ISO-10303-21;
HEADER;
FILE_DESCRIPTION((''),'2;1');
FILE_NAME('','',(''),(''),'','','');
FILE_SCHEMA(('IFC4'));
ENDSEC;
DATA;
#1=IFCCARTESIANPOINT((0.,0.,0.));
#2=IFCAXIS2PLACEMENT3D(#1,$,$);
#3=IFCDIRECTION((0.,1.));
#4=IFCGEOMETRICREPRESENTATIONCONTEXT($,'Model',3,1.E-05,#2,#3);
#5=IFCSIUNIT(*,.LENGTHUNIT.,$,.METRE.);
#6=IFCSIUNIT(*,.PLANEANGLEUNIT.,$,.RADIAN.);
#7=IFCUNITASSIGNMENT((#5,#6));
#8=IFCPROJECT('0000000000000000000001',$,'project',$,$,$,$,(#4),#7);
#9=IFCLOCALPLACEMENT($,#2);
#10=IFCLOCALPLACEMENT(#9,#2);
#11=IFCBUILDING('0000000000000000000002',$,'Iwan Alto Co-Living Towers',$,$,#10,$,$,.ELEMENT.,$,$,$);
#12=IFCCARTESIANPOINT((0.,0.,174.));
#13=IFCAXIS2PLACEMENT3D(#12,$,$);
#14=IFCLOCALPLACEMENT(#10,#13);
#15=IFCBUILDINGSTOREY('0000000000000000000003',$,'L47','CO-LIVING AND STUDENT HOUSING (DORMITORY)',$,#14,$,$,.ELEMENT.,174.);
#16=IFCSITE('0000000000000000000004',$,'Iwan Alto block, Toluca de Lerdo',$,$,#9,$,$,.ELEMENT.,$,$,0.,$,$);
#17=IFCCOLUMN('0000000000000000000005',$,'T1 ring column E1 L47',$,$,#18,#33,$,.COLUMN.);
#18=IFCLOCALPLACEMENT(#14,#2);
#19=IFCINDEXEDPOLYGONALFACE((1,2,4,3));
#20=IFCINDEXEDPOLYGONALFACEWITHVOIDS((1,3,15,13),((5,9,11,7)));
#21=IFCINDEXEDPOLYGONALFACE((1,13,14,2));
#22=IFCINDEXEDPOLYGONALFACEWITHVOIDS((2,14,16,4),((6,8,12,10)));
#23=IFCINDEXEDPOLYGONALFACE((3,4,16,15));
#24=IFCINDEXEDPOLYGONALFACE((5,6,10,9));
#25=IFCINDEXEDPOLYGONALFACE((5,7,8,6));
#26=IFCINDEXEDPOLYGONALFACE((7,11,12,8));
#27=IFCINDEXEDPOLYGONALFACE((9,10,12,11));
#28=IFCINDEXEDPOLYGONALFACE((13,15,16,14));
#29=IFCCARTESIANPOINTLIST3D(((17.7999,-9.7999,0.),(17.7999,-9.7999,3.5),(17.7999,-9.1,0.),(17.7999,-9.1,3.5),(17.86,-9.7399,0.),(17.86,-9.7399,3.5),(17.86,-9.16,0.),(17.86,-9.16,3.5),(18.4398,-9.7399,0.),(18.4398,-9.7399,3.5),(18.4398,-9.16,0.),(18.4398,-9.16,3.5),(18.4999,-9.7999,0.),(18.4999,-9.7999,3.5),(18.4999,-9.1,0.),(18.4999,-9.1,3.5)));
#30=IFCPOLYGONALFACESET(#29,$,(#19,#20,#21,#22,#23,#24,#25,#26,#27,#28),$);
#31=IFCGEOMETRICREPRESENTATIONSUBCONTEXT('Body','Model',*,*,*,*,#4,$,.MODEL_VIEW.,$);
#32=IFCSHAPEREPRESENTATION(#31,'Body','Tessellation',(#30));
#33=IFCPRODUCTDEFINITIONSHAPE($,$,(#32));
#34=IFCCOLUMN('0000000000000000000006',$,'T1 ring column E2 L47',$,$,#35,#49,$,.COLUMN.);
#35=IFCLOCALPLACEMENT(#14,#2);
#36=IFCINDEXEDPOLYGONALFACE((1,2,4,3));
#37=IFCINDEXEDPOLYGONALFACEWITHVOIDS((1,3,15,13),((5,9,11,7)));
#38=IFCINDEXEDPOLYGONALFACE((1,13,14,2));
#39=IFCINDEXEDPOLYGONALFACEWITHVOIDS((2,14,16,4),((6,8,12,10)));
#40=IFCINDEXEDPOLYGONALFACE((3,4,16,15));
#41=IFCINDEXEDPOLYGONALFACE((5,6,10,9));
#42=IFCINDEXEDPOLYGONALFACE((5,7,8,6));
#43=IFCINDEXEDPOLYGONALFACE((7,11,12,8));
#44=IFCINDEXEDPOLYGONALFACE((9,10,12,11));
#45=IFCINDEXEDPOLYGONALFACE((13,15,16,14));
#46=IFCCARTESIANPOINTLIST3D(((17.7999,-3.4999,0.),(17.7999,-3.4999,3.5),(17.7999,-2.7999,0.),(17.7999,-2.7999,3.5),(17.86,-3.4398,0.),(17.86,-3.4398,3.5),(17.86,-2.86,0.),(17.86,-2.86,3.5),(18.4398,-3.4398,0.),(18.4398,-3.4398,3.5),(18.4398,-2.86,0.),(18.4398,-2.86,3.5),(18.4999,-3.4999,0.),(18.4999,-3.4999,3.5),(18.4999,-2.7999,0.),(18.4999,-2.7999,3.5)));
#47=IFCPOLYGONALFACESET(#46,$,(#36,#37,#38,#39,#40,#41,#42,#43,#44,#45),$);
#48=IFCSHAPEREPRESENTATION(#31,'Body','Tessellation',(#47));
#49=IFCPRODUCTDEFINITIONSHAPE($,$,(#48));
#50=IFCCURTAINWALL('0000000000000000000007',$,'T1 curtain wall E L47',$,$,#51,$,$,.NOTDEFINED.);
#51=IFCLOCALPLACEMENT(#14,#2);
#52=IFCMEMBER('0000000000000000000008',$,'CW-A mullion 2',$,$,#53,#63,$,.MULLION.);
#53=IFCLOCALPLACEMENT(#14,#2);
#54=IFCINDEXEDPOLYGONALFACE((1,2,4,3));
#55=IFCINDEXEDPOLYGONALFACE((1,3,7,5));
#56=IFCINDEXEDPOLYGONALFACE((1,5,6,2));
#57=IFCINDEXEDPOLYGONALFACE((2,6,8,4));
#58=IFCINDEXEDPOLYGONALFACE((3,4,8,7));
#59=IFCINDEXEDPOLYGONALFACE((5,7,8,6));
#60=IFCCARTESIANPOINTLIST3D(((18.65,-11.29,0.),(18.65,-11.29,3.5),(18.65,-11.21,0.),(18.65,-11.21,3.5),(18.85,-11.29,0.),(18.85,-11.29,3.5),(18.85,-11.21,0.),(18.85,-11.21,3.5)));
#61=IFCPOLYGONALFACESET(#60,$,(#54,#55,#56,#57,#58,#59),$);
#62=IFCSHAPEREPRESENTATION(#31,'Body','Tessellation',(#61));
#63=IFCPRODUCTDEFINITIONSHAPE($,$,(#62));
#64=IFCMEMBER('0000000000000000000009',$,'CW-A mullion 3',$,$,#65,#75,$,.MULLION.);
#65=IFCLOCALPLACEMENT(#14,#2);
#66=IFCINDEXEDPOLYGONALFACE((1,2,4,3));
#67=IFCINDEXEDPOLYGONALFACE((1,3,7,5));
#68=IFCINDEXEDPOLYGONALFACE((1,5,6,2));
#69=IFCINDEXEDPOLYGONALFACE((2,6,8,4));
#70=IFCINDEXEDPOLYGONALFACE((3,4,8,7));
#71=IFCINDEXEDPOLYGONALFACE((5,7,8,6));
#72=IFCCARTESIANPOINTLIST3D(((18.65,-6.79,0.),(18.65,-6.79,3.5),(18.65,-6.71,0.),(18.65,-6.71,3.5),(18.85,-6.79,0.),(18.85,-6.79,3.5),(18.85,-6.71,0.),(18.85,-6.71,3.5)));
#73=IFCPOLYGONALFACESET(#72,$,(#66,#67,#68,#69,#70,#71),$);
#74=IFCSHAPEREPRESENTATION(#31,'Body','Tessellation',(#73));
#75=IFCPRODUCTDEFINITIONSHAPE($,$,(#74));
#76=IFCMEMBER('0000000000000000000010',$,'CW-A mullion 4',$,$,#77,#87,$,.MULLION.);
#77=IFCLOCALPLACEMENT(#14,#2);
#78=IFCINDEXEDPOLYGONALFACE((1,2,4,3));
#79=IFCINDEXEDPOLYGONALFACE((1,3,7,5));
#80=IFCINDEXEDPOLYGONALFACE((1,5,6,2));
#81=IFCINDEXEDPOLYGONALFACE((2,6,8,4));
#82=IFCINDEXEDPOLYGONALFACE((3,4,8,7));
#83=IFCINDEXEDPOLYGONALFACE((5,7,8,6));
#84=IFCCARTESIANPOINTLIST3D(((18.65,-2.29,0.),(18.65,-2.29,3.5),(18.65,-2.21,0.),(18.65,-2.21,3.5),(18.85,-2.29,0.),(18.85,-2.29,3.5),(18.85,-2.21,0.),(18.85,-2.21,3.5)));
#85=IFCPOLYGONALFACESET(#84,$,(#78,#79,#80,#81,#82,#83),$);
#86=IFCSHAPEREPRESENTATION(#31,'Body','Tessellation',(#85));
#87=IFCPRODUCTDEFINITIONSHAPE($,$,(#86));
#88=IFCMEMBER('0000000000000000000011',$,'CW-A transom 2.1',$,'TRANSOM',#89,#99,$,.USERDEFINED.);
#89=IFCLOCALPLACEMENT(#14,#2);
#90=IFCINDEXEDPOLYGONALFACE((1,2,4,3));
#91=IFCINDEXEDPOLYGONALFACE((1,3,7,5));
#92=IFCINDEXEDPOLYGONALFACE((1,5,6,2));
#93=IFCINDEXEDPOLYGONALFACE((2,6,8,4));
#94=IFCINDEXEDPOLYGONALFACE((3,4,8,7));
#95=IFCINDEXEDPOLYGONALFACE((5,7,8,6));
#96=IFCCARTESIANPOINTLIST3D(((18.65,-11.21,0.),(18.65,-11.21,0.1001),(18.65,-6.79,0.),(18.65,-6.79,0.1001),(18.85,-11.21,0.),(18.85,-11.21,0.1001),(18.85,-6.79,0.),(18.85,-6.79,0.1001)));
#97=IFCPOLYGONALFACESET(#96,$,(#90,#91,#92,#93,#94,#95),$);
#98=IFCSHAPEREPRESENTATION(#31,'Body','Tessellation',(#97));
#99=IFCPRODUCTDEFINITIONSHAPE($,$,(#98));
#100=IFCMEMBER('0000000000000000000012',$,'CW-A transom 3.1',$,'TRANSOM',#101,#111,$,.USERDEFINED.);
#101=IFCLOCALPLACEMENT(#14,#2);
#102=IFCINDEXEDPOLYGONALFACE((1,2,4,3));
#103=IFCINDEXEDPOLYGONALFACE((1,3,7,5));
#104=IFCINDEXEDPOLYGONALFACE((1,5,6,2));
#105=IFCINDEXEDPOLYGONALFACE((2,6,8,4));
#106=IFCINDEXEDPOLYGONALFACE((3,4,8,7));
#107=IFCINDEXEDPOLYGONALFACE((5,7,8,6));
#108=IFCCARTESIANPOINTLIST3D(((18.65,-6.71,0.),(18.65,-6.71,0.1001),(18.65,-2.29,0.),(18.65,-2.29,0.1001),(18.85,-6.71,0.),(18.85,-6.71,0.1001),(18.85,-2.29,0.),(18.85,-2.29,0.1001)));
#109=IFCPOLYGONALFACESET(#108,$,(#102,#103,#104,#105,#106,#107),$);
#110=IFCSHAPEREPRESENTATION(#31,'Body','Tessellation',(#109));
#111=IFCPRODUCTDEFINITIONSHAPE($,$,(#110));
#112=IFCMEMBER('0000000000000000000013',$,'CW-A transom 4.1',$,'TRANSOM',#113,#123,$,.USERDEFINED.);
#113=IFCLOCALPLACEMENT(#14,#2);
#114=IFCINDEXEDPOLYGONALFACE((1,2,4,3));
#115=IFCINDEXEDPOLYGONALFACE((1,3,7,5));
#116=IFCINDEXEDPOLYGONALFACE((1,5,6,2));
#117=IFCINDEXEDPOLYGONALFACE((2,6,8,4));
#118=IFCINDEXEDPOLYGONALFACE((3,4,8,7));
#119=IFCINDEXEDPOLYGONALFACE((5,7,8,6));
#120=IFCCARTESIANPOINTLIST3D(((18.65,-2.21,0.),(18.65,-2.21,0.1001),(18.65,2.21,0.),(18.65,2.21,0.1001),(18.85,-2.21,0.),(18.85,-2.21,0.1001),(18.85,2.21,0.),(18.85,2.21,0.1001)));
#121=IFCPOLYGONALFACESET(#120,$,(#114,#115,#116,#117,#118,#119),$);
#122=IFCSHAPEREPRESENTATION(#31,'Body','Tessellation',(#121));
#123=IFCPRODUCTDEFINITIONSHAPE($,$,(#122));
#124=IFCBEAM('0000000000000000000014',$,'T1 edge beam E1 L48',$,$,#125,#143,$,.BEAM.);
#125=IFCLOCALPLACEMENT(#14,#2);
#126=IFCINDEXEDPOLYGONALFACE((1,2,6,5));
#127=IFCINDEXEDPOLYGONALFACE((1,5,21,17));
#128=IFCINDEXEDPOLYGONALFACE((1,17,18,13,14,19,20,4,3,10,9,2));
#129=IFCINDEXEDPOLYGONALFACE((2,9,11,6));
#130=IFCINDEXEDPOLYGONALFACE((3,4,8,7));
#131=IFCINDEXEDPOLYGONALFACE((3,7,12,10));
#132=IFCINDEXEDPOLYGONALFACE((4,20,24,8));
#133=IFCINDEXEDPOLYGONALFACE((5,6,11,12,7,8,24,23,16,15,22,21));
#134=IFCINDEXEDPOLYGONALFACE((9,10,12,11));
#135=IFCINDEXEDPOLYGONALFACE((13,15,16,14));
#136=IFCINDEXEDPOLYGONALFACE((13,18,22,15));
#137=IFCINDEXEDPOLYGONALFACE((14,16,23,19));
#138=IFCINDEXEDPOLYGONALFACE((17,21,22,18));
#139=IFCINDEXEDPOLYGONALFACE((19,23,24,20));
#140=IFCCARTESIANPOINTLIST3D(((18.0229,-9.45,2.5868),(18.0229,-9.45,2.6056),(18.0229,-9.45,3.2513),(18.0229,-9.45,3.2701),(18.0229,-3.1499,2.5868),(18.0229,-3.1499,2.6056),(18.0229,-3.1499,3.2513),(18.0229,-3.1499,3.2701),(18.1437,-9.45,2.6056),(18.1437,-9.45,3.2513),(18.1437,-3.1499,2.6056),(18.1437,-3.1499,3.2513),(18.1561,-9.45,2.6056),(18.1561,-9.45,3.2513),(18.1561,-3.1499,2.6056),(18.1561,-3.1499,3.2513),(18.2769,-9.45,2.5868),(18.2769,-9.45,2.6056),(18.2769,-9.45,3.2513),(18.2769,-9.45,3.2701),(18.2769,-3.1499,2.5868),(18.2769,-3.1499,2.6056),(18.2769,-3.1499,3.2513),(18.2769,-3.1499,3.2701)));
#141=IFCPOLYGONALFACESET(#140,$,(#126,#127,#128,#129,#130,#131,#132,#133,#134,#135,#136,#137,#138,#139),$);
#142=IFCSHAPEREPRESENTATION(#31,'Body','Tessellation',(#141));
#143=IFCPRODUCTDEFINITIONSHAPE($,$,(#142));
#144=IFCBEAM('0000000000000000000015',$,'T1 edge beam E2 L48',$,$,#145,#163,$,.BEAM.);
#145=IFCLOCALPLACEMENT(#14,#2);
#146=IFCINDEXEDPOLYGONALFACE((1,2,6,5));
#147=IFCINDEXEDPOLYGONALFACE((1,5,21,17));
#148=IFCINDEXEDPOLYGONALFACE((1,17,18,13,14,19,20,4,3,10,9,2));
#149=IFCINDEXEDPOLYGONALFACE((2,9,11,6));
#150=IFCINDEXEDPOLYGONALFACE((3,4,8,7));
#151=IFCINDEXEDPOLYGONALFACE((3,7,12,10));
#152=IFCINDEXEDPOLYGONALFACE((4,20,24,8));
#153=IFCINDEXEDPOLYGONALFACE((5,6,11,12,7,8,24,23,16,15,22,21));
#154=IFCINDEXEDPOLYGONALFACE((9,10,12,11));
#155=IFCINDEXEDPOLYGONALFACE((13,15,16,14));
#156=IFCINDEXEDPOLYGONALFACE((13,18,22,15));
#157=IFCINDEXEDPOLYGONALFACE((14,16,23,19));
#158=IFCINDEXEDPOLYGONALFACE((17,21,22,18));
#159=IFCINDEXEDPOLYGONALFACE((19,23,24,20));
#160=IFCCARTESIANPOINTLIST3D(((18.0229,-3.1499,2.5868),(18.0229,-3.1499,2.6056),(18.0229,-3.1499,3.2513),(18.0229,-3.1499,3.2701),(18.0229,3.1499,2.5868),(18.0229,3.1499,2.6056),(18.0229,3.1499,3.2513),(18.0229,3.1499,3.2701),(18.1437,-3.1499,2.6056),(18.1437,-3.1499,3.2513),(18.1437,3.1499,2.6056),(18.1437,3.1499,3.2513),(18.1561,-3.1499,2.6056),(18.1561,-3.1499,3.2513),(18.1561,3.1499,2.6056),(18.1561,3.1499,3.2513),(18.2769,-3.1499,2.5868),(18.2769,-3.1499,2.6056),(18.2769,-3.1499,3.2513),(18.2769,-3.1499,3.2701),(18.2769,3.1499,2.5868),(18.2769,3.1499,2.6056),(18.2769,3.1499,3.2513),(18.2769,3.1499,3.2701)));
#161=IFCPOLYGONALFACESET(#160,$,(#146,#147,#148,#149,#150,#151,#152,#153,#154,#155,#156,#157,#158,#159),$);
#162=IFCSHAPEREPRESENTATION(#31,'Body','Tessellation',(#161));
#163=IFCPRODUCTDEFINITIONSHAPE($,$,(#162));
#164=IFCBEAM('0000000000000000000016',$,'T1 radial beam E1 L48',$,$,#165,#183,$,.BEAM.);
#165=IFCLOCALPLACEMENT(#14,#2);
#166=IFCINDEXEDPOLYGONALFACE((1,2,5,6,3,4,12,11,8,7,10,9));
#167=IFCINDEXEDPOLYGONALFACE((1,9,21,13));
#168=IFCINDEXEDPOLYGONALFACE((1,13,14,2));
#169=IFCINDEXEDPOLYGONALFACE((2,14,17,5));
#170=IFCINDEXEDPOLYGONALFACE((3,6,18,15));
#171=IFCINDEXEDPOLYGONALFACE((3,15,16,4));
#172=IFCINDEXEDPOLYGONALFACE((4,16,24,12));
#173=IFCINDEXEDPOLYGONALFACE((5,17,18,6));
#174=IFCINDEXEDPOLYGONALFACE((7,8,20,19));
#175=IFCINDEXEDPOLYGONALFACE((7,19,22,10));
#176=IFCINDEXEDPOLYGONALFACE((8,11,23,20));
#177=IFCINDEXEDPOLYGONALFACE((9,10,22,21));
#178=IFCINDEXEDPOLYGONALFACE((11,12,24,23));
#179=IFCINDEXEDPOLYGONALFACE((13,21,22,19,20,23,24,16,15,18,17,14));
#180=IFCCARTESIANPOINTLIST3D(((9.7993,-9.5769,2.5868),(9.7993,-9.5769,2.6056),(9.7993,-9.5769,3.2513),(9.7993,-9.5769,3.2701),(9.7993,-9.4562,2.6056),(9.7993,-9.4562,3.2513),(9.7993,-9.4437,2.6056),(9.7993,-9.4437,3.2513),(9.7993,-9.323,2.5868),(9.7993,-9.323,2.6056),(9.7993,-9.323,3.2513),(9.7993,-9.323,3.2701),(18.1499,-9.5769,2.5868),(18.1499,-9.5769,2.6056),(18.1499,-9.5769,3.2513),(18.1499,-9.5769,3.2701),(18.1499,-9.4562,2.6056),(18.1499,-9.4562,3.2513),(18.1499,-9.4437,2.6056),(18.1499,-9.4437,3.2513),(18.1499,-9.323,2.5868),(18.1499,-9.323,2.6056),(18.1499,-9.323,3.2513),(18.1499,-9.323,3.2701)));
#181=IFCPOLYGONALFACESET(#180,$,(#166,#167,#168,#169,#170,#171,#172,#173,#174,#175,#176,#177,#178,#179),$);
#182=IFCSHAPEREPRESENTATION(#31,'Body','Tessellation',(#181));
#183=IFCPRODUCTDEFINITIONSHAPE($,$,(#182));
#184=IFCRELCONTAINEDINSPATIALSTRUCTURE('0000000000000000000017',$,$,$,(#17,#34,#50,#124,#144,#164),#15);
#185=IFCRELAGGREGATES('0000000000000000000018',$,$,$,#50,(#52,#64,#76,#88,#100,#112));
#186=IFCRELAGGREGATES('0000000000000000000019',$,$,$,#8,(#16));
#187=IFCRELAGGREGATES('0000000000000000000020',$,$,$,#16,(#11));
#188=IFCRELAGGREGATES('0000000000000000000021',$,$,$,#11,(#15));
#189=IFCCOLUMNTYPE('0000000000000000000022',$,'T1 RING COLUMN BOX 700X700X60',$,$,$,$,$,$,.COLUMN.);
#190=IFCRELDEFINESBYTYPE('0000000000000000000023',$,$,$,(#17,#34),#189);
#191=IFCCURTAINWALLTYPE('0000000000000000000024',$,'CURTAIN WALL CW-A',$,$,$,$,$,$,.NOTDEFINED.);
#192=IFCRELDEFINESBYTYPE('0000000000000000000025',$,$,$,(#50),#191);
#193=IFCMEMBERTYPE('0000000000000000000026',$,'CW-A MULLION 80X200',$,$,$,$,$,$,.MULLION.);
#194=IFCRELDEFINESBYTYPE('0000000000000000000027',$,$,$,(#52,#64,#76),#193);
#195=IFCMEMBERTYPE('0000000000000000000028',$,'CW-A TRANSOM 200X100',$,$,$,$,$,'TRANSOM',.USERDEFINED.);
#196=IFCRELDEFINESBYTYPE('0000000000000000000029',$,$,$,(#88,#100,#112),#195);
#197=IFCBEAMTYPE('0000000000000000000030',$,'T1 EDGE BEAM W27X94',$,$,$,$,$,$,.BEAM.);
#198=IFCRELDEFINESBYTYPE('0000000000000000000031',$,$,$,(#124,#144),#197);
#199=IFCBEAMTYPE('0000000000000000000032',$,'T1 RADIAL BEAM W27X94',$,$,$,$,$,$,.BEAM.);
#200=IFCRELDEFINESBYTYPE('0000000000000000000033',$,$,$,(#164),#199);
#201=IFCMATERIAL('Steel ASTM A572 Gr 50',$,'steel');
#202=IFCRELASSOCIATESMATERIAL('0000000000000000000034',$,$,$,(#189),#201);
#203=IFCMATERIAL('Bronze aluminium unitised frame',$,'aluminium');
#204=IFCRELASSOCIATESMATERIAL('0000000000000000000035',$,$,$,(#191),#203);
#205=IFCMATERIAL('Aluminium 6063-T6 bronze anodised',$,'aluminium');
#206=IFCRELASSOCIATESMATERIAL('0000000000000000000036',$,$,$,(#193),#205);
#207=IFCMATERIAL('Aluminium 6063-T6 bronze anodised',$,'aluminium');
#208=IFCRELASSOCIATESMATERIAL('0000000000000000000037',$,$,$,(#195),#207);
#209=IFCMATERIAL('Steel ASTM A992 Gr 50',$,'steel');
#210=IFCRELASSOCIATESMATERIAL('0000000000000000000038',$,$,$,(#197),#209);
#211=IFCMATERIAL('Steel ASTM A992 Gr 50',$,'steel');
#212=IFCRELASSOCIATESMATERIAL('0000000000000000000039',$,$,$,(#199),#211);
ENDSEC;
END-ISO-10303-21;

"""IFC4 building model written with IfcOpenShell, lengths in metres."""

from ifc_helpers import new_model, si_unit, direction, frame, origin, origin_2d, place, context, subcontext, project, spatial, rectangle, hollow_rectangle, i_section, extrude, material, material_profile, profile_set, type_object, element, aggregate, save


model = new_model("IFC4")

# Units and contexts
model_context = context("Model", 3, precision=1e-05, world=origin(), true_north=direction((0.0, 1.0)))
body_context = subcontext(model_context, "Body", "Model", "MODEL_VIEW")
ifc_project = project(units=[si_unit("LENGTHUNIT", "METRE"), si_unit("PLANEANGLEUNIT", "RADIAN")], contexts=[model_context])

# Site, building, storey
site_placement = place(None, origin())
site = spatial("IfcSite", under=ifc_project, at=site_placement, Name="Iwan Alto block, Toluca de Lerdo", CompositionType="ELEMENT", RefElevation=0.0)
building_placement = place(site_placement, origin())
building = spatial("IfcBuilding", under=site, at=building_placement, Name="Iwan Alto Co-Living Towers", CompositionType="ELEMENT")
storey_placement = place(building_placement, frame((0.0, 0.0, 174.0)))
storey = spatial("IfcBuildingStorey", under=building, at=storey_placement, Name="L47", Description="CO-LIVING AND STUDENT HOUSING (DORMITORY)", CompositionType="ELEMENT", Elevation=174.0)

# Columns
ifc_material_1 = material(Name="Steel ASTM A572 Gr 50", Category="steel")
ifc_material_profile_1 = material_profile(ifc_material_1, hollow_rectangle(XDim=0.7, YDim=0.7, WallThickness=0.0601, at=origin_2d()), Name="BOX 700X700X60")
ifc_profile_set_1 = profile_set([ifc_material_profile_1], Name="Steel ASTM A572 Gr 50")
column_type = type_object("IfcColumnType", Name="T1 RING COLUMN BOX 700X700X60", PredefinedType="COLUMN", material=ifc_profile_set_1)
for number, where, z_axis, x_axis, name in (
    (1, (18.1499, -9.45, 0.0), (0.0, 0.0, 1.0), (1.0, 0.0, 0.0), "T1 ring column E1 L47"),
    (2, (18.1499, -3.1499, 0.0), (0.0, 0.0, 1.0), (1.0, 0.0, 0.0), "T1 ring column E2 L47"),
):
    element("IfcColumn", number, at=place(storey_placement, frame(where, z_axis=z_axis, x_axis=x_axis)), inside=storey, type_object=column_type, Name=name, PredefinedType="COLUMN", context=body_context, shape_type="SweptSolid", body=[
        extrude(hollow_rectangle(XDim=0.7, YDim=0.7, WallThickness=0.0601, at=origin_2d()), origin(), (0.0, 0.0, 1.0), 3.5),
    ])

# Curtain wall, members
ifc_material_2 = material(Name="Bronze aluminium unitised frame", Category="aluminium")
curtain_wall_type = type_object("IfcCurtainWallType", Name="CURTAIN WALL CW-A", PredefinedType="NOTDEFINED", material=ifc_material_2)
curtain_wall_placement = place(storey_placement, origin())
curtain_wall = element("IfcCurtainWall", 3, at=curtain_wall_placement, inside=storey, type_object=curtain_wall_type, Name="T1 curtain wall E L47", PredefinedType="NOTDEFINED")
ifc_material_3 = material(Name="Aluminium 6063-T6 bronze anodised", Category="aluminium")
ifc_material_profile_2 = material_profile(ifc_material_3, rectangle(XDim=0.2, YDim=0.0801, at=origin_2d()), Name="AL 80X200")
ifc_profile_set_2 = profile_set([ifc_material_profile_2], Name="Aluminium 6063-T6 bronze anodised")
member_type_1 = type_object("IfcMemberType", Name="CW-A MULLION 80X200", PredefinedType="MULLION", material=ifc_profile_set_2)
member_1_placement = place(storey_placement, frame((18.75, -11.25, 0.0), z_axis=(0.0, 0.0, 1.0), x_axis=(-1.0, 0.0, 0.0)))
member_1 = element("IfcMember", 4, at=member_1_placement, type_object=member_type_1, Name="CW-A mullion 2", PredefinedType="MULLION", context=body_context, shape_type="SweptSolid", body=[
    extrude(rectangle(XDim=0.2, YDim=0.0801, at=origin_2d()), origin(), (0.0, 0.0, 1.0), 3.5),
])
member_2_placement = place(storey_placement, frame((18.75, -6.75, 0.0), z_axis=(0.0, 0.0, 1.0), x_axis=(-1.0, 0.0, 0.0)))
member_2 = element("IfcMember", 5, at=member_2_placement, type_object=member_type_1, Name="CW-A mullion 3", PredefinedType="MULLION", context=body_context, shape_type="SweptSolid", body=[
    extrude(rectangle(XDim=0.2, YDim=0.0801, at=origin_2d()), origin(), (0.0, 0.0, 1.0), 3.5),
])
member_3_placement = place(storey_placement, frame((18.75, -2.25, 0.0), z_axis=(0.0, 0.0, 1.0), x_axis=(-1.0, 0.0, 0.0)))
member_3 = element("IfcMember", 6, at=member_3_placement, type_object=member_type_1, Name="CW-A mullion 4", PredefinedType="MULLION", context=body_context, shape_type="SweptSolid", body=[
    extrude(rectangle(XDim=0.2, YDim=0.0801, at=origin_2d()), origin(), (0.0, 0.0, 1.0), 3.5),
])
ifc_material_4 = material(Name="Aluminium 6063-T6 bronze anodised", Category="aluminium")
ifc_material_profile_3 = material_profile(ifc_material_4, rectangle(XDim=0.2, YDim=0.1001, at=origin_2d()), Name="AL 200X100")
ifc_profile_set_3 = profile_set([ifc_material_profile_3], Name="Aluminium 6063-T6 bronze anodised")
member_type_2 = type_object("IfcMemberType", Name="CW-A TRANSOM 200X100", ElementType="TRANSOM", PredefinedType="USERDEFINED", material=ifc_profile_set_3)
member_4_placement = place(storey_placement, frame((18.75, -11.21, 0.05), z_axis=(0.0, 1.0, 0.0), x_axis=(-1.0, 0.0, 0.0)))
member_4 = element("IfcMember", 7, at=member_4_placement, type_object=member_type_2, Name="CW-A transom 2.1", ObjectType="TRANSOM", PredefinedType="USERDEFINED", context=body_context, shape_type="SweptSolid", body=[
    extrude(rectangle(XDim=0.2, YDim=0.1001, at=origin_2d()), origin(), (0.0, 0.0, 1.0), 4.4199),
])
member_5_placement = place(storey_placement, frame((18.75, -6.71, 0.05), z_axis=(0.0, 1.0, 0.0), x_axis=(-1.0, 0.0, 0.0)))
member_5 = element("IfcMember", 8, at=member_5_placement, type_object=member_type_2, Name="CW-A transom 3.1", ObjectType="TRANSOM", PredefinedType="USERDEFINED", context=body_context, shape_type="SweptSolid", body=[
    extrude(rectangle(XDim=0.2, YDim=0.1001, at=origin_2d()), origin(), (0.0, 0.0, 1.0), 4.4199),
])
member_6_placement = place(storey_placement, frame((18.75, -2.21, 0.05), z_axis=(0.0, 1.0, 0.0), x_axis=(-1.0, 0.0, 0.0)))
member_6 = element("IfcMember", 9, at=member_6_placement, type_object=member_type_2, Name="CW-A transom 4.1", ObjectType="TRANSOM", PredefinedType="USERDEFINED", context=body_context, shape_type="SweptSolid", body=[
    extrude(rectangle(XDim=0.2, YDim=0.1001, at=origin_2d()), origin(), (0.0, 0.0, 1.0), 4.4199),
])

# Beams
ifc_material_5 = material(Name="Steel ASTM A992 Gr 50", Category="steel")
ifc_material_profile_4 = material_profile(ifc_material_5, i_section(OverallWidth=0.2539, OverallDepth=0.6833, WebThickness=0.0125, FlangeThickness=0.0188, at=origin_2d()), Name="W27X94")
ifc_profile_set_4 = profile_set([ifc_material_profile_4], Name="Steel ASTM A992 Gr 50")
beam_type_1 = type_object("IfcBeamType", Name="T1 EDGE BEAM W27X94", PredefinedType="BEAM", material=ifc_profile_set_4)
beam_1_placement = place(storey_placement, frame((18.1499, -9.45, 2.9285), z_axis=(0.0, 1.0, 0.0), x_axis=(-1.0, 0.0, 0.0)))
element("IfcBeam", 10, at=beam_1_placement, inside=storey, type_object=beam_type_1, Name="T1 edge beam E1 L48", PredefinedType="BEAM", context=body_context, shape_type="SweptSolid", body=[
    extrude(i_section(OverallWidth=0.2539, OverallDepth=0.6833, WebThickness=0.0125, FlangeThickness=0.0188, at=origin_2d()), origin(), (0.0, 0.0, 1.0), 6.3),
])
beam_2_placement = place(storey_placement, frame((18.1499, -3.1499, 2.9285), z_axis=(0.0, 1.0, 0.0), x_axis=(-1.0, 0.0, 0.0)))
element("IfcBeam", 11, at=beam_2_placement, inside=storey, type_object=beam_type_1, Name="T1 edge beam E2 L48", PredefinedType="BEAM", context=body_context, shape_type="SweptSolid", body=[
    extrude(i_section(OverallWidth=0.2539, OverallDepth=0.6833, WebThickness=0.0125, FlangeThickness=0.0188, at=origin_2d()), origin(), (0.0, 0.0, 1.0), 6.2998),
])
ifc_material_6 = material(Name="Steel ASTM A992 Gr 50", Category="steel")
ifc_material_profile_5 = material_profile(ifc_material_6, i_section(OverallWidth=0.2539, OverallDepth=0.6833, WebThickness=0.0125, FlangeThickness=0.0188, at=origin_2d()), Name="W27X94")
ifc_profile_set_5 = profile_set([ifc_material_profile_5], Name="Steel ASTM A992 Gr 50")
beam_type_2 = type_object("IfcBeamType", Name="T1 RADIAL BEAM W27X94", PredefinedType="BEAM", material=ifc_profile_set_5)
for number, where, z_axis, x_axis, name in (
    (12, (18.1499, -9.45, 2.9285), (-1.0, 0.0, 0.0), (0.0, -1.0, 0.0), "T1 radial beam E1 L48"),
):
    element("IfcBeam", number, at=place(storey_placement, frame(where, z_axis=z_axis, x_axis=x_axis)), inside=storey, type_object=beam_type_2, Name=name, PredefinedType="BEAM", context=body_context, shape_type="SweptSolid", body=[
        extrude(i_section(OverallWidth=0.2539, OverallDepth=0.6833, WebThickness=0.0125, FlangeThickness=0.0188, at=origin_2d()), origin(), (0.0, 0.0, 1.0), 8.3506),
    ])

aggregate(curtain_wall, [member_1, member_2, member_3, member_4, member_5, member_6])

save(model, "model.ifc")
